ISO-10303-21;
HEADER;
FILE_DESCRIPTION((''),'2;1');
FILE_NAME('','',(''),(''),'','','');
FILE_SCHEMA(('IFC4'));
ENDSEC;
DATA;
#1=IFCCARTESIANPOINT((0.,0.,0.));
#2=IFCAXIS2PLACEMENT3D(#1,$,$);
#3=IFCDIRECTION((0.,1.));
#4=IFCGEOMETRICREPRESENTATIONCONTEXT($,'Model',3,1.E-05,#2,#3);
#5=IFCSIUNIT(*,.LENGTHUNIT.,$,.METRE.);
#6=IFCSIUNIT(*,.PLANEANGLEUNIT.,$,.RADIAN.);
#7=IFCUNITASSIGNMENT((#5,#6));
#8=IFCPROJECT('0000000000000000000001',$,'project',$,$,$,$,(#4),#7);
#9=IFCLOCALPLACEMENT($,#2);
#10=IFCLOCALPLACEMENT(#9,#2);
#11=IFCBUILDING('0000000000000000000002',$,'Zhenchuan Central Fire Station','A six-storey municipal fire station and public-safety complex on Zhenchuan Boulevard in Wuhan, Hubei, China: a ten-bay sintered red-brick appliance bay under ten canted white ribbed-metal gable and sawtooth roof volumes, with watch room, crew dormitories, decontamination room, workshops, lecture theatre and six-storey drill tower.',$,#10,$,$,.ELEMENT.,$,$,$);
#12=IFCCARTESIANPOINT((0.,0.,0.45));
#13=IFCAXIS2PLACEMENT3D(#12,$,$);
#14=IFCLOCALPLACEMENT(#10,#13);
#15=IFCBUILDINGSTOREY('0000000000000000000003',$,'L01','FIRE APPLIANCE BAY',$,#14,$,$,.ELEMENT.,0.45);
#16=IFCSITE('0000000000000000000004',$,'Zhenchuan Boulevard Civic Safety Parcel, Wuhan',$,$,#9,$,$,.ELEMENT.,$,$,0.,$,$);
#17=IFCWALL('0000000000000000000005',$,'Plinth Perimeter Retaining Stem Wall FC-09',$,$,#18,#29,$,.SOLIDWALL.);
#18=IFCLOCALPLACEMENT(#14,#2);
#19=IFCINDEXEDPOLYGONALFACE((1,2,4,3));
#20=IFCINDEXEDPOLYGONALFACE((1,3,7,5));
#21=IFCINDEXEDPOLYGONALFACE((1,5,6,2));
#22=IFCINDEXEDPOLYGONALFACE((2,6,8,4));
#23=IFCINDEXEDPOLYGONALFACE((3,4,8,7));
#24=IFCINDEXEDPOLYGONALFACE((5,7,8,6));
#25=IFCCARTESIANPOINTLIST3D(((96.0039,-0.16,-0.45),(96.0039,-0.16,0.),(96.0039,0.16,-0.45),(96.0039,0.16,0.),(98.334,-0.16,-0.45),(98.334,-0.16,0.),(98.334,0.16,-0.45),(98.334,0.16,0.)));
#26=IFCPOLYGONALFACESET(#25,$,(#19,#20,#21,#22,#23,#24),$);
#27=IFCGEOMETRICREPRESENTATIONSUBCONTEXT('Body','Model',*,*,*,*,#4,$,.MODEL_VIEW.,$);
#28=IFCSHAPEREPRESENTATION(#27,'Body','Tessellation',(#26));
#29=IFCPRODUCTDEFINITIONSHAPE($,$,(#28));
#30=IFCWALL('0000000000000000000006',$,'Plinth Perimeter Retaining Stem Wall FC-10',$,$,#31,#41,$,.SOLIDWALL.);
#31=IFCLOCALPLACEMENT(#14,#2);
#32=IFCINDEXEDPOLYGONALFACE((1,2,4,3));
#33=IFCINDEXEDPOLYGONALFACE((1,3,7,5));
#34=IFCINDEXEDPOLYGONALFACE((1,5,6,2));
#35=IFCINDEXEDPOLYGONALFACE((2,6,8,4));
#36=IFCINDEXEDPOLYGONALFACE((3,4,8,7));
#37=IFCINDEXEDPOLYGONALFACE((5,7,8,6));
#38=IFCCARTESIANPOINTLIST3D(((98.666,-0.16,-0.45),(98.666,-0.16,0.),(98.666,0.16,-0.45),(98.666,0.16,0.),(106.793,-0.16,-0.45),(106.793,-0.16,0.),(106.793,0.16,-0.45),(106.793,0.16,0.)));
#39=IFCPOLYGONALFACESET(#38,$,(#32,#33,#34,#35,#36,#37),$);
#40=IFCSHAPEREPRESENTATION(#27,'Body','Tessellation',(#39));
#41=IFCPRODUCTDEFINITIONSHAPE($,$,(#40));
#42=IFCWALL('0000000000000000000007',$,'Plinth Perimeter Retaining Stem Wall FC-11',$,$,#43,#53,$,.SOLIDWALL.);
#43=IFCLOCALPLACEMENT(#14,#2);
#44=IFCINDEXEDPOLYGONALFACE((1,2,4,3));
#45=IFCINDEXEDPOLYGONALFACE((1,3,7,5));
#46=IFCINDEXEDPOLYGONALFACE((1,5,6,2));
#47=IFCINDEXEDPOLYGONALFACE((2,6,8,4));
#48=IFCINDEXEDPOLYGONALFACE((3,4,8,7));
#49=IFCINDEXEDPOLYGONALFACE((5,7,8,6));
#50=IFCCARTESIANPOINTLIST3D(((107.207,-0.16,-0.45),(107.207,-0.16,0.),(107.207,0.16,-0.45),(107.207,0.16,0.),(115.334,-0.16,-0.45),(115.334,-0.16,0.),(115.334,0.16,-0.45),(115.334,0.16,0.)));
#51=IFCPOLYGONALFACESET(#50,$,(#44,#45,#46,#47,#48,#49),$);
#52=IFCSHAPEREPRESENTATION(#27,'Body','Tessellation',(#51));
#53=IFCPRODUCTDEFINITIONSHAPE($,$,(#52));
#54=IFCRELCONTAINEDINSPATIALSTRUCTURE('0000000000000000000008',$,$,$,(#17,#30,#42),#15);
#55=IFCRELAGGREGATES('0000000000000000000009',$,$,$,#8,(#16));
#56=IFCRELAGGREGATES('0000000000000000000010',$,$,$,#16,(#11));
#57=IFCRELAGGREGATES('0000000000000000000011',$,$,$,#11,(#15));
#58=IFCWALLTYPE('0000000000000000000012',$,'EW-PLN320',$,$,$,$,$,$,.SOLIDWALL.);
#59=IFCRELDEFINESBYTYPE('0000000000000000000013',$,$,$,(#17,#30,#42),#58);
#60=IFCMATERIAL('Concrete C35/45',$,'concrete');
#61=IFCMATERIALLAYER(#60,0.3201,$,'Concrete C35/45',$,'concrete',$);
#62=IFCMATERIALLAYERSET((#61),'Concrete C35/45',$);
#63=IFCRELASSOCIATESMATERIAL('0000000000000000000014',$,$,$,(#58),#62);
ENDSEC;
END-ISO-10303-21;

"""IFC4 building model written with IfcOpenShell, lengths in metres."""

from ifc_helpers import new_model, si_unit, direction, frame, frame_2d, origin, place, context, subcontext, project, spatial, rectangle, extrude, material, layer, layer_set, type_object, element, save


model = new_model("IFC4")

# Units and contexts
model_context = context("Model", 3, precision=1e-05, world=origin(), true_north=direction((0.0, 1.0)))
body_context = subcontext(model_context, "Body", "Model", "MODEL_VIEW")
ifc_project = project(units=[si_unit("LENGTHUNIT", "METRE"), si_unit("PLANEANGLEUNIT", "RADIAN")], contexts=[model_context])

# Site, building, storey
site_placement = place(None, origin())
site = spatial("IfcSite", under=ifc_project, at=site_placement, Name="Zhenchuan Boulevard Civic Safety Parcel, Wuhan", CompositionType="ELEMENT", RefElevation=0.0)
building_placement = place(site_placement, origin())
building = spatial("IfcBuilding", under=site, at=building_placement, Name="Zhenchuan Central Fire Station", Description="A six-storey municipal fire station and public-safety complex on Zhenchuan Boulevard in Wuhan, Hubei, China: a ten-bay sintered red-brick appliance bay under ten canted white ribbed-metal gable and sawtooth roof volumes, with watch room, crew dormitories, decontamination room, workshops, lecture theatre and six-storey drill tower.", CompositionType="ELEMENT")
storey_placement = place(building_placement, frame((0.0, 0.0, 0.45)))
storey = spatial("IfcBuildingStorey", under=building, at=storey_placement, Name="L01", Description="FIRE APPLIANCE BAY", CompositionType="ELEMENT", Elevation=0.45)

# Shared definitions
ifc_material_1 = material(Name="Concrete C35/45", Category="concrete")

# Walls
ifc_layer = layer(ifc_material_1, 0.3201, Name="Concrete C35/45", Category="concrete")
ifc_layer_set = layer_set([ifc_layer], Name="Concrete C35/45")
wall_type = type_object("IfcWallType", Name="EW-PLN320", PredefinedType="SOLIDWALL", material=ifc_layer_set)
wall_placement = place(storey_placement, frame((96.0039, 0.0, -0.45), z_axis=(0.0, 0.0, 1.0), x_axis=(1.0, 0.0, 0.0)))
element("IfcWall", 1, at=wall_placement, inside=storey, type_object=wall_type, Name="Plinth Perimeter Retaining Stem Wall FC-09", PredefinedType="SOLIDWALL", context=body_context, shape_type="SweptSolid", body=[
    extrude(rectangle(XDim=2.3301, YDim=0.3201, at=frame_2d((1.165, 0.0))), origin(), (0.0, 0.0, 1.0), 0.45),
])
for number, where, z_axis, x_axis, name in (
    (2, (98.666, 0.0, -0.45), (0.0, 0.0, 1.0), (1.0, 0.0, 0.0), "Plinth Perimeter Retaining Stem Wall FC-10"),
    (3, (107.207, 0.0, -0.45), (0.0, 0.0, 1.0), (1.0, 0.0, 0.0), "Plinth Perimeter Retaining Stem Wall FC-11"),
):
    element("IfcWall", number, at=place(storey_placement, frame(where, z_axis=z_axis, x_axis=x_axis)), inside=storey, type_object=wall_type, Name=name, PredefinedType="SOLIDWALL", context=body_context, shape_type="SweptSolid", body=[
        extrude(rectangle(XDim=8.127, YDim=0.3201, at=frame_2d((4.0635, 0.0))), origin(), (0.0, 0.0, 1.0), 0.45),
    ])

save(model, "model.ifc")
